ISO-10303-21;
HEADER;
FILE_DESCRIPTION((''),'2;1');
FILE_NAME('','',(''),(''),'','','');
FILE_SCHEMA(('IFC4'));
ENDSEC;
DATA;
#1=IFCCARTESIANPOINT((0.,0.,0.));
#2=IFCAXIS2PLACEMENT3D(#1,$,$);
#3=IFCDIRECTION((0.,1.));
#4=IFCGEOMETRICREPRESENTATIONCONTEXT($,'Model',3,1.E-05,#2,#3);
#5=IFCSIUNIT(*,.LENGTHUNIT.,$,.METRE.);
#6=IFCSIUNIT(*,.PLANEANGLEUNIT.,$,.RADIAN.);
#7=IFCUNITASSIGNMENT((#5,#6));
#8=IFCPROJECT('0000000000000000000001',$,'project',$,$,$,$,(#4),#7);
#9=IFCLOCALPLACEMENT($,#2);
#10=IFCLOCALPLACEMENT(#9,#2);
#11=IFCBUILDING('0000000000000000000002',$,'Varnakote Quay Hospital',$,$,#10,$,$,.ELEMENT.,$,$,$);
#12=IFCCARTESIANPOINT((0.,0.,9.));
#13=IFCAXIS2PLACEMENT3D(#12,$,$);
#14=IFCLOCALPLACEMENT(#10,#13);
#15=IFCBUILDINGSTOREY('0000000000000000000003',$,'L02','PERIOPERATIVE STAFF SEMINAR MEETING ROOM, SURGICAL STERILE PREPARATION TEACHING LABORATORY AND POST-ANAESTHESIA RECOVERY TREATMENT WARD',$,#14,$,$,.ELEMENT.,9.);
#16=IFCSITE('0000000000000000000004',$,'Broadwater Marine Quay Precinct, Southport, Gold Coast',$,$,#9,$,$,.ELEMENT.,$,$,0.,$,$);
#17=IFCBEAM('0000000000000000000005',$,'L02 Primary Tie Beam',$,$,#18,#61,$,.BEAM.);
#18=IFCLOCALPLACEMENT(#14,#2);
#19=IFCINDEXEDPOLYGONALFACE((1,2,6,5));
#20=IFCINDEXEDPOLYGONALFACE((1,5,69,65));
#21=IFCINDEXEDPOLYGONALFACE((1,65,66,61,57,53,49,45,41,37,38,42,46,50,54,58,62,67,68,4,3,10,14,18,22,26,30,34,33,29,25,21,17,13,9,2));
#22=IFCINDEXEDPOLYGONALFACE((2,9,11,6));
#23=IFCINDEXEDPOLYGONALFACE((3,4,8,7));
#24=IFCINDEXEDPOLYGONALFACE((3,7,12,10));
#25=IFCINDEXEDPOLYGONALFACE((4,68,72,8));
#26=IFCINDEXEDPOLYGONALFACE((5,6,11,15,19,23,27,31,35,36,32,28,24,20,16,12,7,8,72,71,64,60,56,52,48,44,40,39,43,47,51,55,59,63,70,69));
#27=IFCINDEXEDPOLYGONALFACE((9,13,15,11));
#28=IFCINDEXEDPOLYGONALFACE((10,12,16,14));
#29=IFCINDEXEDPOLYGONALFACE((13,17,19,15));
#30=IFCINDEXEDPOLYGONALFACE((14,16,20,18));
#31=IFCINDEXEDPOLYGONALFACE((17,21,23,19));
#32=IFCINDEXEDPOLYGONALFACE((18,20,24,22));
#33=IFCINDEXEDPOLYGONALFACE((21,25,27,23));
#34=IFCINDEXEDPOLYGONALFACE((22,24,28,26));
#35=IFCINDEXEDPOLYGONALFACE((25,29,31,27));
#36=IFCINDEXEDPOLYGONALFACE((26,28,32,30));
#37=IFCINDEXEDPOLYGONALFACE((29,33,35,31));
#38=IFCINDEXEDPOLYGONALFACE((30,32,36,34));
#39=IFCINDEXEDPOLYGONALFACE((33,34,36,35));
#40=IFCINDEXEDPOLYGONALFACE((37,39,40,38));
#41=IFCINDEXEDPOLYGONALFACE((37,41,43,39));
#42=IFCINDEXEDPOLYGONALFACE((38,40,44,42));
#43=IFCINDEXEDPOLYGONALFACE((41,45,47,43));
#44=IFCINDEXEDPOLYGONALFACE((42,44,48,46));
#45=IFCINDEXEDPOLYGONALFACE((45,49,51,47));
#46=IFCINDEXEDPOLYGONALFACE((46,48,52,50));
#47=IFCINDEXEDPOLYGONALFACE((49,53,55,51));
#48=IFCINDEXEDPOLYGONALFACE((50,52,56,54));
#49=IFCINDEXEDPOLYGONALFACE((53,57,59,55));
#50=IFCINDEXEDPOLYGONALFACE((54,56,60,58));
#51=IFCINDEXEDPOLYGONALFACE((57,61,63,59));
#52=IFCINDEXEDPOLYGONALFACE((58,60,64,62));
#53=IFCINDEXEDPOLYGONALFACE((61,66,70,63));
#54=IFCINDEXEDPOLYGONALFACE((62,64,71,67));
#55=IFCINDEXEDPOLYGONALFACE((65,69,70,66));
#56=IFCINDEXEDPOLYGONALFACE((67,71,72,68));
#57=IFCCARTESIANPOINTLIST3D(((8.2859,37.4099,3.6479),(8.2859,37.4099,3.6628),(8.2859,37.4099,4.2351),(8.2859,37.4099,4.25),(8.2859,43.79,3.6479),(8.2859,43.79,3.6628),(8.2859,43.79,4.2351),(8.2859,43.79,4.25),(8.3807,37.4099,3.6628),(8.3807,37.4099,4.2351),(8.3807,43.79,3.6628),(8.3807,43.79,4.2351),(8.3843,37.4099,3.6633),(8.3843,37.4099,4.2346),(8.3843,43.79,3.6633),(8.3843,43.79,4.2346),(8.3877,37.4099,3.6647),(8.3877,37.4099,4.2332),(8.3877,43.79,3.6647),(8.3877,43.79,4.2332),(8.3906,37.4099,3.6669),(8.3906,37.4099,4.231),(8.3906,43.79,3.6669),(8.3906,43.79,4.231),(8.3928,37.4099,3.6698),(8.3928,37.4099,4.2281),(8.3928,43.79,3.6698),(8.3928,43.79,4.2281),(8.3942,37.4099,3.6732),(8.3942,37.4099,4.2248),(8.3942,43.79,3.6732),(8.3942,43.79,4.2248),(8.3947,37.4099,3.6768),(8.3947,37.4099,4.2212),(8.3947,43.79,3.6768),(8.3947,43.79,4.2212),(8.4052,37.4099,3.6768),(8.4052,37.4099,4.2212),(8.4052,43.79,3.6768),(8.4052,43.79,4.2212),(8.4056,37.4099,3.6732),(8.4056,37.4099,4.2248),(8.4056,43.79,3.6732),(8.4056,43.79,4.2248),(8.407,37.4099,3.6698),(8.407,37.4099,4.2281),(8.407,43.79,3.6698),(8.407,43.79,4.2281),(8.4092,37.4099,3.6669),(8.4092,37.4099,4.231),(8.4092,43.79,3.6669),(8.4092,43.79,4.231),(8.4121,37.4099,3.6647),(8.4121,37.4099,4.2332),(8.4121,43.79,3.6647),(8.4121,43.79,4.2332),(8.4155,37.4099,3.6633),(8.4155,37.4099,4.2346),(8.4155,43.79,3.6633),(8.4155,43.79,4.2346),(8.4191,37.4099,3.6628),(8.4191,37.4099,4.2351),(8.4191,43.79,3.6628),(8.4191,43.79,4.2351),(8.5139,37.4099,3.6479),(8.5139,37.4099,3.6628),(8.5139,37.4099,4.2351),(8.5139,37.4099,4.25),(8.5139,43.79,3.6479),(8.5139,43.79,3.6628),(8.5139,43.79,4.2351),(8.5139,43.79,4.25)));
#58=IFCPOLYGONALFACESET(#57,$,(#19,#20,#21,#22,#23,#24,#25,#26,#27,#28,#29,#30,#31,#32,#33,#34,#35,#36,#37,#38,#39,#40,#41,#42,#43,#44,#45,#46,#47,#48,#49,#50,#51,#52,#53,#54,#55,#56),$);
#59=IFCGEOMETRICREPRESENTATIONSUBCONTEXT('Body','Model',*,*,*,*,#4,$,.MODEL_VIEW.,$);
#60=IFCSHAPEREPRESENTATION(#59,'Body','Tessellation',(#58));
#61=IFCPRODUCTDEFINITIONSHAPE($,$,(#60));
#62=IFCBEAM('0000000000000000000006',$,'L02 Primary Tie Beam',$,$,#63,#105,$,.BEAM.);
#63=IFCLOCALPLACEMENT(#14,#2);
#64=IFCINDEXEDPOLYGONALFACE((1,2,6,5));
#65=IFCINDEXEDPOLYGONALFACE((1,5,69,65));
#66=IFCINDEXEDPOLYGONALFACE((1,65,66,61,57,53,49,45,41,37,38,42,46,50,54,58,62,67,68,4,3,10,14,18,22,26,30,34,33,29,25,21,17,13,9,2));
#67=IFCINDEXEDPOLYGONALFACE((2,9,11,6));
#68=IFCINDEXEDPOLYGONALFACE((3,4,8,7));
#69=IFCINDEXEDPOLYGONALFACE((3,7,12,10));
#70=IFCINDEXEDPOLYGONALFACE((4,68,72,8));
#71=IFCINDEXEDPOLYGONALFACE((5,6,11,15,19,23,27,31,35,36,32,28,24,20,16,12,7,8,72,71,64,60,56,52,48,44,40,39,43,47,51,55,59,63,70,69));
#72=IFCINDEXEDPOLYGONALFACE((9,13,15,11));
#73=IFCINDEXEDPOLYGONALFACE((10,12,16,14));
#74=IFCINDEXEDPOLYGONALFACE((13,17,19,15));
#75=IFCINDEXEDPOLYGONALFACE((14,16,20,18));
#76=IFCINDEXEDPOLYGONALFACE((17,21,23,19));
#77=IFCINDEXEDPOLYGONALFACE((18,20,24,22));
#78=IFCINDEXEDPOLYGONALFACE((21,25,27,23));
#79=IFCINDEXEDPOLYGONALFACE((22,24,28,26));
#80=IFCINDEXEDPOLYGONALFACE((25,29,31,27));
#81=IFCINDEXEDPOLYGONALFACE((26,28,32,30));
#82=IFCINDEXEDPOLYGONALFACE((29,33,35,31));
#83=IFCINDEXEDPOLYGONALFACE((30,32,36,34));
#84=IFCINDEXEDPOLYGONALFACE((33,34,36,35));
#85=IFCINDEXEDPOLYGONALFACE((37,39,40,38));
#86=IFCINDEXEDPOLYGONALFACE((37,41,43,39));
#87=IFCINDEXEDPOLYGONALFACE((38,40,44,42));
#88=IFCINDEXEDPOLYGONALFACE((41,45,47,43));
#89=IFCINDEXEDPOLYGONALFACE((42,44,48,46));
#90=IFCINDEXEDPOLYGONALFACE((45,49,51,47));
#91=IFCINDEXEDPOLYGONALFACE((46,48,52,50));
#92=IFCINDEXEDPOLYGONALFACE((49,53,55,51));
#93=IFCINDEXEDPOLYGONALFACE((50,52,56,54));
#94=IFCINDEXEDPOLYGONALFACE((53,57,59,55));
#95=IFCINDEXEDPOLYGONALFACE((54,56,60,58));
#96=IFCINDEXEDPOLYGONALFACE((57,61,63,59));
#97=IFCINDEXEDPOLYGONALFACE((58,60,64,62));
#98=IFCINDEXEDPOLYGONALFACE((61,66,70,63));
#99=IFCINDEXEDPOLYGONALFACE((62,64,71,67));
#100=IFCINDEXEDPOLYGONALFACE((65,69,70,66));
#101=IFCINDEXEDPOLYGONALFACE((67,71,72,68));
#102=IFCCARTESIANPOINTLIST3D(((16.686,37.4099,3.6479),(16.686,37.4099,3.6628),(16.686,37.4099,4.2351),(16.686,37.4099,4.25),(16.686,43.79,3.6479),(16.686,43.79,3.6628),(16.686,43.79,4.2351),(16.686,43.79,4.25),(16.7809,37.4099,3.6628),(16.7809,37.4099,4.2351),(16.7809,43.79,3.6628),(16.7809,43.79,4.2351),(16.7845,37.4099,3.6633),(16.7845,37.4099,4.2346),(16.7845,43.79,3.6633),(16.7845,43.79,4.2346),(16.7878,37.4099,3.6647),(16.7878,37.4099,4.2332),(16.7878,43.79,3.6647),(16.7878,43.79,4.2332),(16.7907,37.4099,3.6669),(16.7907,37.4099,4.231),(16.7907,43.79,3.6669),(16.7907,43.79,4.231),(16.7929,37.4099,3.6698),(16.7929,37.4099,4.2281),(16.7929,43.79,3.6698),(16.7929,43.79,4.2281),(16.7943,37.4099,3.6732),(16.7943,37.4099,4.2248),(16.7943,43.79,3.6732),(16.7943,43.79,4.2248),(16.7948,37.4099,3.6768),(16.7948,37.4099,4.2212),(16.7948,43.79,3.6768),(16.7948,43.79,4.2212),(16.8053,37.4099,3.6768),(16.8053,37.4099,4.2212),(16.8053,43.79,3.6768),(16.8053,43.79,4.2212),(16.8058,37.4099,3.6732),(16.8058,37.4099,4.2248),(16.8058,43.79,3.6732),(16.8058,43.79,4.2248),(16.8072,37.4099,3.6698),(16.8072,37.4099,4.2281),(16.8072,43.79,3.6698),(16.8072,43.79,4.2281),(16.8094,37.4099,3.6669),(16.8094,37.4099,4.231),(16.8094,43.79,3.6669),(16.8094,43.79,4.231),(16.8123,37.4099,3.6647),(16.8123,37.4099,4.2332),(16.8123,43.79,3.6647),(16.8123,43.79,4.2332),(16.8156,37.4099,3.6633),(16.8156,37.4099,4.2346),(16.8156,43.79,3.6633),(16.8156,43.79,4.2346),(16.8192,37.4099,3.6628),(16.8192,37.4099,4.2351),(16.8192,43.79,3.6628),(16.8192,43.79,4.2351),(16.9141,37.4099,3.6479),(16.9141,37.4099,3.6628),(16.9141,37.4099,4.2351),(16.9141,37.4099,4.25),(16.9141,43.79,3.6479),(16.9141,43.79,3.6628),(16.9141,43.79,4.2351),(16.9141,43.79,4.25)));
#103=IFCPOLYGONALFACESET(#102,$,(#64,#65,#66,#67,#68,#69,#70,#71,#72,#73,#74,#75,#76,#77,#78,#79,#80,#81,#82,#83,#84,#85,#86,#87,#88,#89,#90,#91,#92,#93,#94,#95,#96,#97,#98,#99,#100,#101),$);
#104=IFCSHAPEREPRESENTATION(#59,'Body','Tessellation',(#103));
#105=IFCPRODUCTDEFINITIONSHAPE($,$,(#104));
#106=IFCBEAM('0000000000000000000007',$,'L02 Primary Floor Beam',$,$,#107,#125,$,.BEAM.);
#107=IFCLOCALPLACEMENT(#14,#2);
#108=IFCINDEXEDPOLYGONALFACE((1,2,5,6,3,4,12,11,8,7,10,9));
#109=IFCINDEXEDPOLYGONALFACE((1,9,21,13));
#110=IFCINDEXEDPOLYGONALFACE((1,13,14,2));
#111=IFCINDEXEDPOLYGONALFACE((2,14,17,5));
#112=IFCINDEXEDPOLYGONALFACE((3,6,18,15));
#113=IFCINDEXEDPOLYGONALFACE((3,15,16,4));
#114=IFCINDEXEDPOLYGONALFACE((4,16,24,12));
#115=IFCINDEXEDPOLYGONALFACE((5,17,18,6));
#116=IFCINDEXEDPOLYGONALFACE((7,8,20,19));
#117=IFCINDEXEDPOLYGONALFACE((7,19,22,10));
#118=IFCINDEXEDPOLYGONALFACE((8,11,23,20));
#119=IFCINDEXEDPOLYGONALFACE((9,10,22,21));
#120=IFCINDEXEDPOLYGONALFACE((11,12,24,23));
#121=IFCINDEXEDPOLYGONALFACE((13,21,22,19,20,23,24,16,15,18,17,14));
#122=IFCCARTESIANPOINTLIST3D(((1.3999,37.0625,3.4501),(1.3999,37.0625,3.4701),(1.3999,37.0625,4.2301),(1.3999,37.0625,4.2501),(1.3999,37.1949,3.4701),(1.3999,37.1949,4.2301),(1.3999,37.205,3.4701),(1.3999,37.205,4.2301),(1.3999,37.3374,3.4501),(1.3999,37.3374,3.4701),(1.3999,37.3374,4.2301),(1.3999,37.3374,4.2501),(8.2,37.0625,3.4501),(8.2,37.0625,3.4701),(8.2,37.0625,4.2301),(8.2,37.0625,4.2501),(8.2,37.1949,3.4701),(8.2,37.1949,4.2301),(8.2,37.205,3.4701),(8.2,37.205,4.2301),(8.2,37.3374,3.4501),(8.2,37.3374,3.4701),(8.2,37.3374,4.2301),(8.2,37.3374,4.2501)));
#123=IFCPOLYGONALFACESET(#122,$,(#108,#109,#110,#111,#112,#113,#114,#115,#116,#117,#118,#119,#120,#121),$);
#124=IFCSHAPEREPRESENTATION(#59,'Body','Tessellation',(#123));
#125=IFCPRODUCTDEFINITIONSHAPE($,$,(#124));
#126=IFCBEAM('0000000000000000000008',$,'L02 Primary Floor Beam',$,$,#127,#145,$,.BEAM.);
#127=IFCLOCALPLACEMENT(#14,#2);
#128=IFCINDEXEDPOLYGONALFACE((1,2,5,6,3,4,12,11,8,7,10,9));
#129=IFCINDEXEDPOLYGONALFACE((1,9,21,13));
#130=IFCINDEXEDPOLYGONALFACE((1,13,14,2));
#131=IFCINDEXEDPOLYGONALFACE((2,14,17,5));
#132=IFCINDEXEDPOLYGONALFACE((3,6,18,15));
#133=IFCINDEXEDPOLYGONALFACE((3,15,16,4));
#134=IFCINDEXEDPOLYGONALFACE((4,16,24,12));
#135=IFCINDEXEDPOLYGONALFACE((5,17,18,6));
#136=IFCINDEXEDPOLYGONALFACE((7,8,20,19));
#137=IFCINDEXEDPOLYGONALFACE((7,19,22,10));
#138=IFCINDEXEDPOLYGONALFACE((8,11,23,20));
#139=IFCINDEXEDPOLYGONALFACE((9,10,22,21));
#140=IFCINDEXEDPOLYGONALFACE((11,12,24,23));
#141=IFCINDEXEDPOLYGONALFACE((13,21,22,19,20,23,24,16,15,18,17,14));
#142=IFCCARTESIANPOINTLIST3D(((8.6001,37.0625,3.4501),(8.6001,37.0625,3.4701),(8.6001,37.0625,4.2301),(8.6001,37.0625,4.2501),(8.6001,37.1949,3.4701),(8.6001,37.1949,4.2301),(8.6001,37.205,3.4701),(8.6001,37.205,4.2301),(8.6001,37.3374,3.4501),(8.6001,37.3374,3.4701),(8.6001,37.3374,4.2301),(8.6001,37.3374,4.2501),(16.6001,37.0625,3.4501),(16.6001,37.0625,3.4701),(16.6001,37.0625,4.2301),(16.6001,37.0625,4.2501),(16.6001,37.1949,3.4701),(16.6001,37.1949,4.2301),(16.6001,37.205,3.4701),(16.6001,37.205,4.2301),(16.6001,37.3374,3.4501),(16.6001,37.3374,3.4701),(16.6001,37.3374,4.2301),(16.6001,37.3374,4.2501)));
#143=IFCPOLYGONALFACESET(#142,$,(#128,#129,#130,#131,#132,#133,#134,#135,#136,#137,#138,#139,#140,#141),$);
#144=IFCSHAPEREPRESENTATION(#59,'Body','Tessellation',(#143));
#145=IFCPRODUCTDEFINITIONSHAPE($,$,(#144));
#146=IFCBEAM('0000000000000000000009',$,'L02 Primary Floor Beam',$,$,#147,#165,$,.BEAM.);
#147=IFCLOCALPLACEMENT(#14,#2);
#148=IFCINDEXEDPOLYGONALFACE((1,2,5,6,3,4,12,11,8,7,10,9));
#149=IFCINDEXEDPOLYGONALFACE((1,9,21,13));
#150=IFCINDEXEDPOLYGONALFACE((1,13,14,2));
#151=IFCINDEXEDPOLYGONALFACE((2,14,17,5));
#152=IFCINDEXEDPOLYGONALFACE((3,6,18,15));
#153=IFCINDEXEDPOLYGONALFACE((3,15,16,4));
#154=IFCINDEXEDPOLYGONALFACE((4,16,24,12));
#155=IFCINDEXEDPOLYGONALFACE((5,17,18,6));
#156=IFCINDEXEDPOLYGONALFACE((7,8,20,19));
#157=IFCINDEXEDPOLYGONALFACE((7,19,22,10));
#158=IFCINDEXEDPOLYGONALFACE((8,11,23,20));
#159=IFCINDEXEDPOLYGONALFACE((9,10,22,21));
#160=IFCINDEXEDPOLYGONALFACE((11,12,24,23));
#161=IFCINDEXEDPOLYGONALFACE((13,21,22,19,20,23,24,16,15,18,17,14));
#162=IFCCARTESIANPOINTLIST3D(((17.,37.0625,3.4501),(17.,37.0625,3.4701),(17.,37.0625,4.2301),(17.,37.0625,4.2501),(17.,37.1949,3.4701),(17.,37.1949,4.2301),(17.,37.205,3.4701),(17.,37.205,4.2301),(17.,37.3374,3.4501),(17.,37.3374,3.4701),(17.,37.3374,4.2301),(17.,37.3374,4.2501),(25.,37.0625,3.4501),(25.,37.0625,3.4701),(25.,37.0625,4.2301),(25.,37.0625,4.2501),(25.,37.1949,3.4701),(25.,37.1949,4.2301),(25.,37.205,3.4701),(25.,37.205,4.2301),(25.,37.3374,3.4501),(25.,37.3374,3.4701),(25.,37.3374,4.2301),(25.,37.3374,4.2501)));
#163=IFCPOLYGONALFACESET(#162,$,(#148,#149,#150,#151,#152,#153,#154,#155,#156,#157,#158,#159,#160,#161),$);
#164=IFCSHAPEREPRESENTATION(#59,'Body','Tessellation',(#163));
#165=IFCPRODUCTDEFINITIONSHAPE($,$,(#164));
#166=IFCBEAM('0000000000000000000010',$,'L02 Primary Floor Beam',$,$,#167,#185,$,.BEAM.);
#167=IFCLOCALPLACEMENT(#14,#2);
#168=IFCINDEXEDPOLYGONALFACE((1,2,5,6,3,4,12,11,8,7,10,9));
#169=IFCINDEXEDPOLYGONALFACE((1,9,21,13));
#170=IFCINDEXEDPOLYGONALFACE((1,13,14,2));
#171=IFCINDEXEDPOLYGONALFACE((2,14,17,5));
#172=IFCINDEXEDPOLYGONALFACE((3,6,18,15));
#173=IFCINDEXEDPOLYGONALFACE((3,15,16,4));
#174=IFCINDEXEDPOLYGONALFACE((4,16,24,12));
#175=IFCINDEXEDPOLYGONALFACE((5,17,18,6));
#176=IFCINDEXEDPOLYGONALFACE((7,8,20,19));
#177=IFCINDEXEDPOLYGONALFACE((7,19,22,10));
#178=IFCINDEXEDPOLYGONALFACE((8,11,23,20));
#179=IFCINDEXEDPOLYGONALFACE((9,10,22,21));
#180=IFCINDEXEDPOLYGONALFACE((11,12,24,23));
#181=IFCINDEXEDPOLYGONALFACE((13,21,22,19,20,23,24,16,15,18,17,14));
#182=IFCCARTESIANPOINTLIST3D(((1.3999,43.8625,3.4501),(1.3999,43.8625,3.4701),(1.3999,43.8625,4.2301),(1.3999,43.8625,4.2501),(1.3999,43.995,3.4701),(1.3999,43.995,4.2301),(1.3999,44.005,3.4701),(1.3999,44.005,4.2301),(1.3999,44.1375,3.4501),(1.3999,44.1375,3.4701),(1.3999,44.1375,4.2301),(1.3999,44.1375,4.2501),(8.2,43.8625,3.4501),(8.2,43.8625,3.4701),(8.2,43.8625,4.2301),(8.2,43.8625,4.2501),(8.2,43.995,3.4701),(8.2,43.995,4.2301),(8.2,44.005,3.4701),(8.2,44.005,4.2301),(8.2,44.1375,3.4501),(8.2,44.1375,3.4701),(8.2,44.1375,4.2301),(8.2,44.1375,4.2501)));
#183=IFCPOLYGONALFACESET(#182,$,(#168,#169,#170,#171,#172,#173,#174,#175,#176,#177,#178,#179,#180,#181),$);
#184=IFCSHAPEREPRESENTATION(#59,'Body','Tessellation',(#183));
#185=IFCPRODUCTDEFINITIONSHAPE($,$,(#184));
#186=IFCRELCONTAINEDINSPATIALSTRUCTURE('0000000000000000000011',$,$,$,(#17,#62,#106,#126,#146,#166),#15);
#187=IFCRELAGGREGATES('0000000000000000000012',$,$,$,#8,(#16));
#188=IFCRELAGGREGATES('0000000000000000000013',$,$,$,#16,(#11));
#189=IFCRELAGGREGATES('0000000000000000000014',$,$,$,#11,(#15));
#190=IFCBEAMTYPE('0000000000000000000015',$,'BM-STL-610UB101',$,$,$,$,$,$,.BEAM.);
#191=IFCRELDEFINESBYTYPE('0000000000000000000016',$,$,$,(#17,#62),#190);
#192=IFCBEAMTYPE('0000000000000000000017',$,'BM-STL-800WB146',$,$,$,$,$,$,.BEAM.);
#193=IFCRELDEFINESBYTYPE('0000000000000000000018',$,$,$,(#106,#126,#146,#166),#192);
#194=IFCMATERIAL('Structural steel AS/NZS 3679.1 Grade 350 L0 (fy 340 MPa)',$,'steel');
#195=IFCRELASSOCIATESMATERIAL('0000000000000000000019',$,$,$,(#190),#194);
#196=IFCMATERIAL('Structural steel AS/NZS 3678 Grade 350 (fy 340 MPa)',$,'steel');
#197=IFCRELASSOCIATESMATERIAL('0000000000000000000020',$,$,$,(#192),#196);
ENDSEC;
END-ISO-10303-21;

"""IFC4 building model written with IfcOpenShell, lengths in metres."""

from ifc_helpers import new_model, si_unit, direction, frame, origin, origin_2d, place, context, subcontext, project, spatial, i_section, extrude, material, material_profile, profile_set, type_object, element, save


model = new_model("IFC4")

# Units and contexts
model_context = context("Model", 3, precision=1e-05, world=origin(), true_north=direction((0.0, 1.0)))
body_context = subcontext(model_context, "Body", "Model", "MODEL_VIEW")
ifc_project = project(units=[si_unit("LENGTHUNIT", "METRE"), si_unit("PLANEANGLEUNIT", "RADIAN")], contexts=[model_context])

# Site, building, storey
site_placement = place(None, origin())
site = spatial("IfcSite", under=ifc_project, at=site_placement, Name="Broadwater Marine Quay Precinct, Southport, Gold Coast", CompositionType="ELEMENT", RefElevation=0.0)
building_placement = place(site_placement, origin())
building = spatial("IfcBuilding", under=site, at=building_placement, Name="Varnakote Quay Hospital", CompositionType="ELEMENT")
storey_placement = place(building_placement, frame((0.0, 0.0, 9.0)))
storey = spatial("IfcBuildingStorey", under=building, at=storey_placement, Name="L02", Description="PERIOPERATIVE STAFF SEMINAR MEETING ROOM, SURGICAL STERILE PREPARATION TEACHING LABORATORY AND POST-ANAESTHESIA RECOVERY TREATMENT WARD", CompositionType="ELEMENT", Elevation=9.0)

# Beams
ifc_material_1 = material(Name="Structural steel AS/NZS 3679.1 Grade 350 L0 (fy 340 MPa)", Category="steel")
ifc_material_profile_1 = material_profile(ifc_material_1, i_section(OverallWidth=0.228, OverallDepth=0.6021, WebThickness=0.0105, FlangeThickness=0.0149, FilletRadius=0.0139, at=origin_2d()), Name="610UB101")
ifc_profile_set_1 = profile_set([ifc_material_profile_1], Name="Structural steel AS/NZS 3679.1 Grade 350 L0 (fy 340 MPa)")
beam_type_1 = type_object("IfcBeamType", Name="BM-STL-610UB101", PredefinedType="BEAM", material=ifc_profile_set_1)
for number, where, z_axis, x_axis, name in (
    (1, (8.3999, 37.4099, 3.949), (0.0, 1.0, 0.0), (-1.0, 0.0, 0.0), "L02 Primary Tie Beam"),
    (2, (16.8, 37.4099, 3.949), (0.0, 1.0, 0.0), (-1.0, 0.0, 0.0), "L02 Primary Tie Beam"),
):
    element("IfcBeam", number, at=place(storey_placement, frame(where, z_axis=z_axis, x_axis=x_axis)), inside=storey, type_object=beam_type_1, Name=name, PredefinedType="BEAM", context=body_context, shape_type="SweptSolid", body=[
        extrude(i_section(OverallWidth=0.228, OverallDepth=0.6021, WebThickness=0.0105, FlangeThickness=0.0149, FilletRadius=0.0139, at=origin_2d()), origin(), (0.0, 0.0, 1.0), 6.3801),
    ])
ifc_material_2 = material(Name="Structural steel AS/NZS 3678 Grade 350 (fy 340 MPa)", Category="steel")
ifc_material_profile_2 = material_profile(ifc_material_2, i_section(OverallWidth=0.2749, OverallDepth=0.8, WebThickness=0.01, FlangeThickness=0.02, at=origin_2d()), Name="800WB146")
ifc_profile_set_2 = profile_set([ifc_material_profile_2], Name="Structural steel AS/NZS 3678 Grade 350 (fy 340 MPa)")
beam_type_2 = type_object("IfcBeamType", Name="BM-STL-800WB146", PredefinedType="BEAM", material=ifc_profile_set_2)
beam_1_placement = place(storey_placement, frame((1.3999, 37.2, 3.8501), z_axis=(1.0, 0.0, 0.0), x_axis=(0.0, 1.0, 0.0)))
element("IfcBeam", 3, at=beam_1_placement, inside=storey, type_object=beam_type_2, Name="L02 Primary Floor Beam", PredefinedType="BEAM", context=body_context, shape_type="SweptSolid", body=[
    extrude(i_section(OverallWidth=0.2749, OverallDepth=0.8, WebThickness=0.01, FlangeThickness=0.02, at=origin_2d()), origin(), (0.0, 0.0, 1.0), 6.8),
])
for number, where, z_axis, x_axis, name in (
    (4, (8.6001, 37.2, 3.8501), (1.0, 0.0, 0.0), (0.0, 1.0, 0.0), "L02 Primary Floor Beam"),
    (5, (17.0, 37.2, 3.8501), (1.0, 0.0, 0.0), (0.0, 1.0, 0.0), "L02 Primary Floor Beam"),
):
    element("IfcBeam", number, at=place(storey_placement, frame(where, z_axis=z_axis, x_axis=x_axis)), inside=storey, type_object=beam_type_2, Name=name, PredefinedType="BEAM", context=body_context, shape_type="SweptSolid", body=[
        extrude(i_section(OverallWidth=0.2749, OverallDepth=0.8, WebThickness=0.01, FlangeThickness=0.02, at=origin_2d()), origin(), (0.0, 0.0, 1.0), 8.0),
    ])
beam_2_placement = place(storey_placement, frame((1.3999, 44.0, 3.8501), z_axis=(1.0, 0.0, 0.0), x_axis=(0.0, 1.0, 0.0)))
element("IfcBeam", 6, at=beam_2_placement, inside=storey, type_object=beam_type_2, Name="L02 Primary Floor Beam", PredefinedType="BEAM", context=body_context, shape_type="SweptSolid", body=[
    extrude(i_section(OverallWidth=0.2749, OverallDepth=0.8, WebThickness=0.01, FlangeThickness=0.02, at=origin_2d()), origin(), (0.0, 0.0, 1.0), 6.8),
])

save(model, "model.ifc")
